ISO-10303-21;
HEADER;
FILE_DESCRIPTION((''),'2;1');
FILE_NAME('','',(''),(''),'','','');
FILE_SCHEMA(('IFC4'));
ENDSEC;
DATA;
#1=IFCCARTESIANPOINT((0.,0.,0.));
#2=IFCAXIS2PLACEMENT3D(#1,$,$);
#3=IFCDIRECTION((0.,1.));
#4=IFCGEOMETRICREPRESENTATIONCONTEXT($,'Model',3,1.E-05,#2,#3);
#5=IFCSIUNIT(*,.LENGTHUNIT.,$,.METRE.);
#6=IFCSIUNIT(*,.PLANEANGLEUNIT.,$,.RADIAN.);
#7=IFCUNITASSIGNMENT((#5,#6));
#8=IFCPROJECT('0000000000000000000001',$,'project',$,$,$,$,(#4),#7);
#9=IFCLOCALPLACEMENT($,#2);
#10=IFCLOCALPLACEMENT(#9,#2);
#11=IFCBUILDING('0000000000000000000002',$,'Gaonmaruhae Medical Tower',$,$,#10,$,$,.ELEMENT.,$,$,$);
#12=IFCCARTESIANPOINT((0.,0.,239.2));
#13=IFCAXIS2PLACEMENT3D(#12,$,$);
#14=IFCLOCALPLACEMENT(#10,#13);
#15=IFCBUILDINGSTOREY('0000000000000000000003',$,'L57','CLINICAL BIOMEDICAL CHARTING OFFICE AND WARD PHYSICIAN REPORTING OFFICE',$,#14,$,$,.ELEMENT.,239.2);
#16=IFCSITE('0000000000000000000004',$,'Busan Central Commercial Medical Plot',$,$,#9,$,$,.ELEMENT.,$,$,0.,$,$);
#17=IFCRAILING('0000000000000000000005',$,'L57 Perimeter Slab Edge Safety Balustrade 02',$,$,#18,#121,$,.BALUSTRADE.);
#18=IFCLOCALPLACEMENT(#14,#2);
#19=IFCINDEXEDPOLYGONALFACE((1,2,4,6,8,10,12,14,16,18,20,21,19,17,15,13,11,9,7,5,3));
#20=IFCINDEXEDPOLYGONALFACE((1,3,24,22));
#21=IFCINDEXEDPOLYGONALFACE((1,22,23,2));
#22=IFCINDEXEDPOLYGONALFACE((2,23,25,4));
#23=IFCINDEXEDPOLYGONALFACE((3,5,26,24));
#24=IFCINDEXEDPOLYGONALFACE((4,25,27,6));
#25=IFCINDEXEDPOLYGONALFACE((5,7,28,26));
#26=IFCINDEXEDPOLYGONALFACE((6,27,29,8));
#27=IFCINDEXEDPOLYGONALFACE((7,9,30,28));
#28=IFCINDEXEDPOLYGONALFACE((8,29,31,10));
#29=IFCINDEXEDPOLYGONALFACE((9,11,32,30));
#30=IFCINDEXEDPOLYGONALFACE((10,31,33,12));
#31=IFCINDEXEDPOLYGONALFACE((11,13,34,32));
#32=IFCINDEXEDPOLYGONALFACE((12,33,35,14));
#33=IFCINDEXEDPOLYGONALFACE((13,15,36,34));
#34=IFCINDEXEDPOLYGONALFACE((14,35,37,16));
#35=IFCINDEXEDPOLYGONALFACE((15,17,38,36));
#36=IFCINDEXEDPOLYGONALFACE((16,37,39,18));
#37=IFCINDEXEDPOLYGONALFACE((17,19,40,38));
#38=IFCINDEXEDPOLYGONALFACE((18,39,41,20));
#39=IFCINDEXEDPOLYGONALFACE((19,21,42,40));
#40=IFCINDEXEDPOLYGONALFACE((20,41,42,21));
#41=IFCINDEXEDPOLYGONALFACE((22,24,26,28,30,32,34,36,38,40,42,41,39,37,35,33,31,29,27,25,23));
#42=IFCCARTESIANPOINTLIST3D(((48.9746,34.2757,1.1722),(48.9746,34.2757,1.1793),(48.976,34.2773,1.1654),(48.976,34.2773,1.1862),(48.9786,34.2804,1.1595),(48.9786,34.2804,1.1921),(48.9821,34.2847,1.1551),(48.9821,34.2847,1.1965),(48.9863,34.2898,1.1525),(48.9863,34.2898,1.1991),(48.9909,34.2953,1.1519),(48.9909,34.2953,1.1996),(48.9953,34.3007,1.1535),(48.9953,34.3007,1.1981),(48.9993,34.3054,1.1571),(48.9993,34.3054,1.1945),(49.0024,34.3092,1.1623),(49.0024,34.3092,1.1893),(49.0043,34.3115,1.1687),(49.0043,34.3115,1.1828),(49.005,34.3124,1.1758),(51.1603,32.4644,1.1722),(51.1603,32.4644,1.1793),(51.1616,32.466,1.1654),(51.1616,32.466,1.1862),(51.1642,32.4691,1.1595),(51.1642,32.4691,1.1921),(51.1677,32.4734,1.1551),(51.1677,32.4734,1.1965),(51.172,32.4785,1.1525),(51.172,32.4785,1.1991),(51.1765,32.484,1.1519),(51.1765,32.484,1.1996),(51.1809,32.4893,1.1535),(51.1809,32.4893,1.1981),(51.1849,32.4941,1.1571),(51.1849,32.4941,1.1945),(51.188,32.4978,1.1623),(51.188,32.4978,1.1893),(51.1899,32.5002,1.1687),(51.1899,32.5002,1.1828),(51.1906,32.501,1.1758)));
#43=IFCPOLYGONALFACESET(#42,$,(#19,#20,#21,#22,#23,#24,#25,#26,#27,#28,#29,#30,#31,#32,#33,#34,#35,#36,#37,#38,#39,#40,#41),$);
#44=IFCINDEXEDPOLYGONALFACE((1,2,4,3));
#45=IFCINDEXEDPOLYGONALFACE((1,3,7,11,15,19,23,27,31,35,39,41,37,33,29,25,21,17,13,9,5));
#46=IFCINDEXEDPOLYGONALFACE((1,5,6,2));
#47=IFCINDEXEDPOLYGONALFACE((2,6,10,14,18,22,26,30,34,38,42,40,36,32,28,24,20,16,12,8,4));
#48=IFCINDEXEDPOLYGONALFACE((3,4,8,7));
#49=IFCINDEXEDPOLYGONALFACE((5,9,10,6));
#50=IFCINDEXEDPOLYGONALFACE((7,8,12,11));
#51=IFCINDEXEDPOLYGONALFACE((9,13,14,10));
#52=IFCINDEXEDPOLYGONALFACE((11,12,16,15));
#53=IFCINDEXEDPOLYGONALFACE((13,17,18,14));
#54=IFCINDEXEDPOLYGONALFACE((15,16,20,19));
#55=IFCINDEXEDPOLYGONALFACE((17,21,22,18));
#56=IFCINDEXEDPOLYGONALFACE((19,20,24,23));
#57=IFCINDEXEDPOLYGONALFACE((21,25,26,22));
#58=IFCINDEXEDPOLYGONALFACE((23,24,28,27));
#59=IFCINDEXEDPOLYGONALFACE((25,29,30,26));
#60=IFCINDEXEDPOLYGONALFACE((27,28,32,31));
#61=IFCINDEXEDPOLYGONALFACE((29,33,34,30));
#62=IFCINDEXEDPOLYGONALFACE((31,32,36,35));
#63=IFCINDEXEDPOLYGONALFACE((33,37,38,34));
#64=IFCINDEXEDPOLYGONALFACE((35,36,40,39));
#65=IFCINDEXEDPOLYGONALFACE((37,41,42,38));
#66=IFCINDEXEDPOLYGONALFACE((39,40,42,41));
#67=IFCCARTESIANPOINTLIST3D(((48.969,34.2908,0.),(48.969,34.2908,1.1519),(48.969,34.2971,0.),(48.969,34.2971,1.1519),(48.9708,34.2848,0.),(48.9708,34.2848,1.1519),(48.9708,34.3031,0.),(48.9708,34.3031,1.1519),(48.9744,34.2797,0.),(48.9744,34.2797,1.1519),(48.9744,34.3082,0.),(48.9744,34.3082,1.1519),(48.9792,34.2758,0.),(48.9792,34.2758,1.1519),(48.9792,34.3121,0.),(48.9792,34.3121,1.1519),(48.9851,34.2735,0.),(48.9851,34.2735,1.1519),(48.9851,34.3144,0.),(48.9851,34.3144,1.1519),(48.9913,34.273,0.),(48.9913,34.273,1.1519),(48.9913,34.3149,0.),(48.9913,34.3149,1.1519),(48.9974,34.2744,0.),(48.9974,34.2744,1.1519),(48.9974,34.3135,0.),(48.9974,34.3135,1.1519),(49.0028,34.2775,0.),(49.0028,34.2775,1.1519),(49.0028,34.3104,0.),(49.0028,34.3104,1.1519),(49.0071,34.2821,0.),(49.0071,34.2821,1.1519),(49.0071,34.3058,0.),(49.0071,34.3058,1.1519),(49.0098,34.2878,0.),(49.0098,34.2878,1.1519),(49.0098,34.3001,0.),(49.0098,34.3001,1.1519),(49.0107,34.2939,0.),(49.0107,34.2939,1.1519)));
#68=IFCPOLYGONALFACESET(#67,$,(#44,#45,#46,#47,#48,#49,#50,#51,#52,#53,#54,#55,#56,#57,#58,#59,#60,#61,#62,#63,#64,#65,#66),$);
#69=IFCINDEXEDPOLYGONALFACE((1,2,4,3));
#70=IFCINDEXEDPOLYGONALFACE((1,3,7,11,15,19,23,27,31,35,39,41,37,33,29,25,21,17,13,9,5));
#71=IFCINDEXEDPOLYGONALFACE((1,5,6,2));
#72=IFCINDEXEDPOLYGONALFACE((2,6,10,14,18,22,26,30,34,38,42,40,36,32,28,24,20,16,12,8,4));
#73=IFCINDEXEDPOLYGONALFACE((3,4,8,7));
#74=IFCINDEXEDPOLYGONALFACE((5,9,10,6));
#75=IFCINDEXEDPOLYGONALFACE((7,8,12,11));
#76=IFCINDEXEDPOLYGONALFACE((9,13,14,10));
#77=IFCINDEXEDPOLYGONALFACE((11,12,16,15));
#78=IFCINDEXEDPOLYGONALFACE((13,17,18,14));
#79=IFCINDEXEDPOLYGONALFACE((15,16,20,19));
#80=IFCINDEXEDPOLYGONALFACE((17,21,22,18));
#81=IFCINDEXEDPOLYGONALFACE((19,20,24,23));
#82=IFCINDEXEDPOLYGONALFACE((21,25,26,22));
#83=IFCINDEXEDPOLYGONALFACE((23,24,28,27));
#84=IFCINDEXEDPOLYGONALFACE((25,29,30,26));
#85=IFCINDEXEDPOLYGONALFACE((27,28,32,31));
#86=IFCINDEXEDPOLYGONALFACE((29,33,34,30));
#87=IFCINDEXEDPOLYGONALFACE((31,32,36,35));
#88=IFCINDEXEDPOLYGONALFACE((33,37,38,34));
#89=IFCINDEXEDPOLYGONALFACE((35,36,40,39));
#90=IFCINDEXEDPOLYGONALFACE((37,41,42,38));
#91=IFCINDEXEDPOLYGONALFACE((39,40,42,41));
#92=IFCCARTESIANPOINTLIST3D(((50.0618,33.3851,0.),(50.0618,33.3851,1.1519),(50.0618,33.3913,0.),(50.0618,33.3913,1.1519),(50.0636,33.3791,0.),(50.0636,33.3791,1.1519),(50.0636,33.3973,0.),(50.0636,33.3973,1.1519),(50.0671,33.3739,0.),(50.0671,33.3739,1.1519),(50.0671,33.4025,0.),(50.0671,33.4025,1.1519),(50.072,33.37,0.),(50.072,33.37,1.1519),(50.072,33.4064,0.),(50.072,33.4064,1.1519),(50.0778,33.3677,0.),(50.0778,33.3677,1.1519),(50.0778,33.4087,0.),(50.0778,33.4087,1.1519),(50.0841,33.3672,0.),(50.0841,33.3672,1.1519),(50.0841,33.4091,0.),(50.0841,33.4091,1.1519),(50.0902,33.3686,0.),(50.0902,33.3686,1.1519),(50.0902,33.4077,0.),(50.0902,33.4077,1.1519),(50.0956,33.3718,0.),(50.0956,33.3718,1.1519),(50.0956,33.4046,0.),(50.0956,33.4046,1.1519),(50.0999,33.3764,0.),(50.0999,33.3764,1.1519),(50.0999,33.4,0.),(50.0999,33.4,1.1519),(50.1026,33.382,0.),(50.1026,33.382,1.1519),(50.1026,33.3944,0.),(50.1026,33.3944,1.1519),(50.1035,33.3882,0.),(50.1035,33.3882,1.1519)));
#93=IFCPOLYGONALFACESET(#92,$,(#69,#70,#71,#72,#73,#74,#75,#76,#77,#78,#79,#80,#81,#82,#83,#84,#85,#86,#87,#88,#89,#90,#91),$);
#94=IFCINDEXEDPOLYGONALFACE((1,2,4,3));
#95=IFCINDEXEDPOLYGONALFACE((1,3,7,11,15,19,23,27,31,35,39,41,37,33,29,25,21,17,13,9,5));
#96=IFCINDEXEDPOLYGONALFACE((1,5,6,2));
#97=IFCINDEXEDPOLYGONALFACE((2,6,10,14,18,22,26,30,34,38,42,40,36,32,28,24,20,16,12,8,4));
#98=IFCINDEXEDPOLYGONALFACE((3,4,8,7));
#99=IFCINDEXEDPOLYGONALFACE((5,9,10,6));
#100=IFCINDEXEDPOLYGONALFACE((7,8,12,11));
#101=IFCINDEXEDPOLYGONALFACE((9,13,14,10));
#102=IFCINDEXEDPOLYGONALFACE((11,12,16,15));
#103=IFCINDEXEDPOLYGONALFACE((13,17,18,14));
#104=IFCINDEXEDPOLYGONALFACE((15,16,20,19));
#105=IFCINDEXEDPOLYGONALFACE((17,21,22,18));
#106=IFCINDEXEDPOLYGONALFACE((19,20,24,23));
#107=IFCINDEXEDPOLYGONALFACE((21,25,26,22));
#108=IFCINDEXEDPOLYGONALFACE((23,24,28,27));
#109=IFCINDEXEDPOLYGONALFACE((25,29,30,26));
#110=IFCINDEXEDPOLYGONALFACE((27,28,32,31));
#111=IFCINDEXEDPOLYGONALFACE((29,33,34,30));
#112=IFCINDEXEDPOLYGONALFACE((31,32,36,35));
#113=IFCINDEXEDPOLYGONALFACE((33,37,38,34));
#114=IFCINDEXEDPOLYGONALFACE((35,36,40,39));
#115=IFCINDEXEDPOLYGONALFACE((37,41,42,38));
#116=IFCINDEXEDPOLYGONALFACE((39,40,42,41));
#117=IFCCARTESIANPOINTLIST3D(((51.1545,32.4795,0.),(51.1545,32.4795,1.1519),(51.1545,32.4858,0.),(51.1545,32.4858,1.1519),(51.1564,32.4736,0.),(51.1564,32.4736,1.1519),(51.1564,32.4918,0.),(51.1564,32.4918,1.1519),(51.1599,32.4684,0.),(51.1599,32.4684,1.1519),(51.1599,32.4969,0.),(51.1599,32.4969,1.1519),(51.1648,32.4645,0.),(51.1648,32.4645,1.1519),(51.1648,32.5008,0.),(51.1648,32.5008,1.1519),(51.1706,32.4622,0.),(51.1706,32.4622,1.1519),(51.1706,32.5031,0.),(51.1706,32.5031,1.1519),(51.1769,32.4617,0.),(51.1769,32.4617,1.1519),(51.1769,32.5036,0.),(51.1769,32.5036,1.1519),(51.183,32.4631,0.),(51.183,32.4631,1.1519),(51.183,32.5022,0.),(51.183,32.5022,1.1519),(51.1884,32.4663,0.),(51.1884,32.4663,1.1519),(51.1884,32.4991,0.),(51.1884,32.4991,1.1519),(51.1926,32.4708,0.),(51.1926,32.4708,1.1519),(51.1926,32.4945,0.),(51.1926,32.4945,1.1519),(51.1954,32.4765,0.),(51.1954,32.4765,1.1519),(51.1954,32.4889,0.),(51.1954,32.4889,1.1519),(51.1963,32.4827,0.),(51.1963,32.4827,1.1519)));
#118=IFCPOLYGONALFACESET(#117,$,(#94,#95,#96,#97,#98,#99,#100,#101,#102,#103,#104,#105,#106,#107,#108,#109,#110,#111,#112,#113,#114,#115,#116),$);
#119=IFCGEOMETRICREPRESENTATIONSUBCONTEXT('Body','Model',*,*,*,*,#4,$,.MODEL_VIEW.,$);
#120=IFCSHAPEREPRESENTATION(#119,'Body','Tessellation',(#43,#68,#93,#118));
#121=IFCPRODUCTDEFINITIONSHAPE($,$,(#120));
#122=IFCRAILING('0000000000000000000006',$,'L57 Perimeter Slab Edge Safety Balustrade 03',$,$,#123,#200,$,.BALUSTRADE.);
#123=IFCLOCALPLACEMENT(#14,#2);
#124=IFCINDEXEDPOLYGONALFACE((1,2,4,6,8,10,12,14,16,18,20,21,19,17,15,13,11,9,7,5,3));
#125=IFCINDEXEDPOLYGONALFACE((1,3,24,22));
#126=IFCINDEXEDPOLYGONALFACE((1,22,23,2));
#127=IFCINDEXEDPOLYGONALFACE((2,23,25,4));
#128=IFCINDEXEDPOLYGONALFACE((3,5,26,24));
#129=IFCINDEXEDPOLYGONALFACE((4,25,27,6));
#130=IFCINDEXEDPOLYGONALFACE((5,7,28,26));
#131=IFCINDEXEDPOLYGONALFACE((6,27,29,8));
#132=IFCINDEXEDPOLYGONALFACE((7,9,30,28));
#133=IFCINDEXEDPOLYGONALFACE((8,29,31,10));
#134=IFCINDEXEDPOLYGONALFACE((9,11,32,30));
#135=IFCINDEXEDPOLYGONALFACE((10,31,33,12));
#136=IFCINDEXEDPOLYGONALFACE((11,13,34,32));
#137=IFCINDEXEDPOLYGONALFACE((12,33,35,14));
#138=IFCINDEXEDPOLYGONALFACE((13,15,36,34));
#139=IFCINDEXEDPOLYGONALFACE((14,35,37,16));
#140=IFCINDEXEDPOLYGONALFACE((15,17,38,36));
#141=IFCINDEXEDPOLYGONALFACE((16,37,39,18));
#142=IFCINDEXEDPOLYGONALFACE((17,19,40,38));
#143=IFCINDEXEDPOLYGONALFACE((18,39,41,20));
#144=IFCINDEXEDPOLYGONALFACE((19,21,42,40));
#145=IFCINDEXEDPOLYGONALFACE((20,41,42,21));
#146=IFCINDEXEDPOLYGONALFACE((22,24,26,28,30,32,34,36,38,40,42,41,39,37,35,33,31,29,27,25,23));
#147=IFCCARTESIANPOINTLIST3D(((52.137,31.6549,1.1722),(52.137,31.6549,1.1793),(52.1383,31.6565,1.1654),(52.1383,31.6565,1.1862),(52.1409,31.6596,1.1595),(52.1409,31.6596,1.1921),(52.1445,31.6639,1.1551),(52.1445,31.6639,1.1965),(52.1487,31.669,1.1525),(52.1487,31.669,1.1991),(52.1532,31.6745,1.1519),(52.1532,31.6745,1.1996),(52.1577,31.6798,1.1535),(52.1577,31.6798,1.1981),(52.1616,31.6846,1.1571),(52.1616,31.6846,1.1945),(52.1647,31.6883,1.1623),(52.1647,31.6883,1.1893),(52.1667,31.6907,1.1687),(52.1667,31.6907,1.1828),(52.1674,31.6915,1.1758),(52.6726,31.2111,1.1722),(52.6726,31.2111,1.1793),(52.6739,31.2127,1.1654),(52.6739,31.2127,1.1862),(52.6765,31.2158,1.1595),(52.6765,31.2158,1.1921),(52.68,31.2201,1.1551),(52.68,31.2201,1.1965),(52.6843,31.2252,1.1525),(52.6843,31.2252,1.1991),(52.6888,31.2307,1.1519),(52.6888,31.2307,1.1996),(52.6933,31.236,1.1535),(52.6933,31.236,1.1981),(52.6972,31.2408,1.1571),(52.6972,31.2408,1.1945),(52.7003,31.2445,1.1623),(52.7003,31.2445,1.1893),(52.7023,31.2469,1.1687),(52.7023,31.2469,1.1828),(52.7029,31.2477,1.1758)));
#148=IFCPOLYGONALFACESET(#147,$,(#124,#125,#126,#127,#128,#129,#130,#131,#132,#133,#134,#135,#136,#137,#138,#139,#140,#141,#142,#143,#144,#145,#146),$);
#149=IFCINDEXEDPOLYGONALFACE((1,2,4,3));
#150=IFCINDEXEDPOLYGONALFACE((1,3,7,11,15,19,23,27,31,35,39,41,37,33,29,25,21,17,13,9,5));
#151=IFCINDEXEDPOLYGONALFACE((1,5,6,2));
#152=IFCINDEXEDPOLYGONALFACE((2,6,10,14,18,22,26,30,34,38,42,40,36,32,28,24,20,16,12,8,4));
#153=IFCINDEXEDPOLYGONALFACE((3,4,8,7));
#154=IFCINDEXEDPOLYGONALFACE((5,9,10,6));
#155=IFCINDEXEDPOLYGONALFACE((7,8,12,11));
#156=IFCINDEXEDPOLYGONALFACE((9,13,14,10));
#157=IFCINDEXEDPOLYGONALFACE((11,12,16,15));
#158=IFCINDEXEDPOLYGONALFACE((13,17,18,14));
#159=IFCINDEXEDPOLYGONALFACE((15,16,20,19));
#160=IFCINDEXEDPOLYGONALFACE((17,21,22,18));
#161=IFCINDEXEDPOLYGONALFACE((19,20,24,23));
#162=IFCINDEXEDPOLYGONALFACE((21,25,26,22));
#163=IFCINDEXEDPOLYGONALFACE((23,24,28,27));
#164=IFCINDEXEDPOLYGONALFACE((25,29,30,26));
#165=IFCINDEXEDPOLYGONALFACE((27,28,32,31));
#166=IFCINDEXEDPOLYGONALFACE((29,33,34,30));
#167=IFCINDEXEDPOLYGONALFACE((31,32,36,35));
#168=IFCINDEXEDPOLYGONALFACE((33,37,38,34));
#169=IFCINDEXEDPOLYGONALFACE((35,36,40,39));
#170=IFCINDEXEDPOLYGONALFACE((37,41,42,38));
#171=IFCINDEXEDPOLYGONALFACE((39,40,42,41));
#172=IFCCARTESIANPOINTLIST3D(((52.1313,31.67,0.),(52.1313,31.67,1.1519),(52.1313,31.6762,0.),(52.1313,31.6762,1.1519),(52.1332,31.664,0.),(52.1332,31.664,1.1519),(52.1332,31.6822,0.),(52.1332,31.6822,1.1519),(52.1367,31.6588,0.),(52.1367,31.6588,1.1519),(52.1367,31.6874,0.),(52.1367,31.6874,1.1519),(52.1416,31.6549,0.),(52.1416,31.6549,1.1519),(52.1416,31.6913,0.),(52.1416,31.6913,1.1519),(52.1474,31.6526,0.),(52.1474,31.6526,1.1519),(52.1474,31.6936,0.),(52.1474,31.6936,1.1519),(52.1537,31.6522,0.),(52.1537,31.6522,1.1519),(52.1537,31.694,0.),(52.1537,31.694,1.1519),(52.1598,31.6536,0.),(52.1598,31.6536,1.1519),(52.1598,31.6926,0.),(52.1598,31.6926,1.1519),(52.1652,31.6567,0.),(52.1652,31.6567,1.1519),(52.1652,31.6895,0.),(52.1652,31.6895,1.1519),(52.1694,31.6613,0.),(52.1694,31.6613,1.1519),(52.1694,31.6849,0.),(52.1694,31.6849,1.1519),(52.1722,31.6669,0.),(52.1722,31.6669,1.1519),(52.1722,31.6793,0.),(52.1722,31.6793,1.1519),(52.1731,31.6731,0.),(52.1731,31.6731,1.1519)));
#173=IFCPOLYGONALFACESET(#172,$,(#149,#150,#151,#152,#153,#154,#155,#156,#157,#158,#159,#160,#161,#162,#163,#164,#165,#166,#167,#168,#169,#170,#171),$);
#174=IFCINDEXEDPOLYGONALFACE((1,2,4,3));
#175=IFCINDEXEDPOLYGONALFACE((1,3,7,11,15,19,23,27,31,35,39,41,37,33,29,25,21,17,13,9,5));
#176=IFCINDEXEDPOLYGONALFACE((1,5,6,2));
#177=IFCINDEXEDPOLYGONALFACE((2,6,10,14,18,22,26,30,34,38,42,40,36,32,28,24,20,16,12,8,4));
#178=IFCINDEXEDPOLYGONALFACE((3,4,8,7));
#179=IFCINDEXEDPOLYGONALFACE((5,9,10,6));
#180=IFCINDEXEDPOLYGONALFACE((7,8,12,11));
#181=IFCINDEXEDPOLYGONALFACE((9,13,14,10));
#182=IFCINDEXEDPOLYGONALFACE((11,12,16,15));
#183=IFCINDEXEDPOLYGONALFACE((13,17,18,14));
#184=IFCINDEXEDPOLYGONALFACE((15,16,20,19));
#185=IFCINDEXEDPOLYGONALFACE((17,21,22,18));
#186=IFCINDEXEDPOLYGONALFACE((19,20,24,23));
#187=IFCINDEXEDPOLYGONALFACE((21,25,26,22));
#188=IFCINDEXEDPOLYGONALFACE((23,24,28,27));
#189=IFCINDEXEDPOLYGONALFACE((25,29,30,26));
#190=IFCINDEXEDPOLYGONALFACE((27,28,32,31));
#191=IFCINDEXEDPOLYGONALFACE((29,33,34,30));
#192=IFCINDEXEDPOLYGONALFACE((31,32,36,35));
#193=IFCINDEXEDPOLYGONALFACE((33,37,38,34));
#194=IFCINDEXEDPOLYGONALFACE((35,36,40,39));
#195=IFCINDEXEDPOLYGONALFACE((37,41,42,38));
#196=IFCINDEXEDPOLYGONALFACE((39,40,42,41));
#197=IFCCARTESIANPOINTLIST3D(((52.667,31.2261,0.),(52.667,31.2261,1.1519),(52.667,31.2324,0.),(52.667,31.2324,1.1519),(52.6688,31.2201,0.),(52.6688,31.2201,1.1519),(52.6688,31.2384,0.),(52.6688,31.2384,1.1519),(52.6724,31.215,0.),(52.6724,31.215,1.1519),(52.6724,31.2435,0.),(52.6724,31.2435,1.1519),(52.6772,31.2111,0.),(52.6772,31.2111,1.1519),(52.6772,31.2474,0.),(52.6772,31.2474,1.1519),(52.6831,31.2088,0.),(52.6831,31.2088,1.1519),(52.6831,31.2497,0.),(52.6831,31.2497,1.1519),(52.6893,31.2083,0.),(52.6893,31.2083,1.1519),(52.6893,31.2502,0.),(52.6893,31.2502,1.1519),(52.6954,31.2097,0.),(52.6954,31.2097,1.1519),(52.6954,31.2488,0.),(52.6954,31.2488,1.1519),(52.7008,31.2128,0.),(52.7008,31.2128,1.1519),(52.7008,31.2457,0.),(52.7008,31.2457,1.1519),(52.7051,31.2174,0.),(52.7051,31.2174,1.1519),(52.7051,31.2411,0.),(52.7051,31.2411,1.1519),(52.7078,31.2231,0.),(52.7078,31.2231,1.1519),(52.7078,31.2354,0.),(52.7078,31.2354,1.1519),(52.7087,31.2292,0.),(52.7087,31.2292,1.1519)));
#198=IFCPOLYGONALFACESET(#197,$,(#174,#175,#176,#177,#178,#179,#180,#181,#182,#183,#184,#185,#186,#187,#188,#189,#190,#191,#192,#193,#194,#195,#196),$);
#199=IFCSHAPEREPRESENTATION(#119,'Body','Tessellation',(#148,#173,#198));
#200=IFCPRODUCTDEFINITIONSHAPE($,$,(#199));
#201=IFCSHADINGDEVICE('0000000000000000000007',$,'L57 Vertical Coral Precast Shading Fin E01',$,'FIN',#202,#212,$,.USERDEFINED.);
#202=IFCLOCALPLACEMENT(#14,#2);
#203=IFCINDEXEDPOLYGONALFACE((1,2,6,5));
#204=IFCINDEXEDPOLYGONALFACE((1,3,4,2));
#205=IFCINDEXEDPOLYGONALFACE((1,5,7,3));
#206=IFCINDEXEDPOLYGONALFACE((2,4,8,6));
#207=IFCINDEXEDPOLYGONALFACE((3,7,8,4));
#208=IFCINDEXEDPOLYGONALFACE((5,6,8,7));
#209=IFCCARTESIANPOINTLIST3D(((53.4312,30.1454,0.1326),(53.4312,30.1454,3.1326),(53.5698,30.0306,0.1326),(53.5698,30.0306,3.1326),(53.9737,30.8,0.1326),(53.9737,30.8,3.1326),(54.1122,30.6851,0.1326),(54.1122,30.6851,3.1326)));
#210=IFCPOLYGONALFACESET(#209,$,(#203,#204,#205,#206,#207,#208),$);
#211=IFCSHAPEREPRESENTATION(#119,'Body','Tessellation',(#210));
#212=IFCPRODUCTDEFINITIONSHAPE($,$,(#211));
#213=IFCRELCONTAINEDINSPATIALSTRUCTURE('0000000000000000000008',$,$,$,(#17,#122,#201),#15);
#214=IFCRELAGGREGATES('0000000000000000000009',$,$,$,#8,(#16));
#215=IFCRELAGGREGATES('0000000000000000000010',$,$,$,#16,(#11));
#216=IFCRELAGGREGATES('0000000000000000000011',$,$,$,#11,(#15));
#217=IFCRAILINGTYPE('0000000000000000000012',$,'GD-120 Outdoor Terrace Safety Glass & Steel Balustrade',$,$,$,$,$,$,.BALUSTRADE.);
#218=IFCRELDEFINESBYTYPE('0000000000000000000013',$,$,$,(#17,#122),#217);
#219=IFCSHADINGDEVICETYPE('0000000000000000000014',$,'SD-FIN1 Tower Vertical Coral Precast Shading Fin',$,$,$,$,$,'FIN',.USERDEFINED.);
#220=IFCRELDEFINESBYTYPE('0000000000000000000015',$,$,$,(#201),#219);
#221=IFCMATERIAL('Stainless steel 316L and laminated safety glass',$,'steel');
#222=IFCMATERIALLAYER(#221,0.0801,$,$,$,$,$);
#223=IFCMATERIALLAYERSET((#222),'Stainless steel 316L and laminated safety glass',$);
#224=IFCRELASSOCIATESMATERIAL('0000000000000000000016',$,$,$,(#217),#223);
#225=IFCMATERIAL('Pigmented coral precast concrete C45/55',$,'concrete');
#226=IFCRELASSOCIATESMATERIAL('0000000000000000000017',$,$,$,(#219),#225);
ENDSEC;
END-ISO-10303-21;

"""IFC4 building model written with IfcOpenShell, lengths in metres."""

from ifc_helpers import new_model, si_unit, direction, frame, origin, origin_2d, place, context, subcontext, project, spatial, rectangle, circle, extrude, material, layer, layer_set, type_object, element, save


model = new_model("IFC4")

# Units and contexts
model_context = context("Model", 3, precision=1e-05, world=origin(), true_north=direction((0.0, 1.0)))
body_context = subcontext(model_context, "Body", "Model", "MODEL_VIEW")
ifc_project = project(units=[si_unit("LENGTHUNIT", "METRE"), si_unit("PLANEANGLEUNIT", "RADIAN")], contexts=[model_context])

# Site, building, storey
site_placement = place(None, origin())
site = spatial("IfcSite", under=ifc_project, at=site_placement, Name="Busan Central Commercial Medical Plot", CompositionType="ELEMENT", RefElevation=0.0)
building_placement = place(site_placement, origin())
building = spatial("IfcBuilding", under=site, at=building_placement, Name="Gaonmaruhae Medical Tower", CompositionType="ELEMENT")
storey_placement = place(building_placement, frame((0.0, 0.0, 239.2)))
storey = spatial("IfcBuildingStorey", under=building, at=storey_placement, Name="L57", Description="CLINICAL BIOMEDICAL CHARTING OFFICE AND WARD PHYSICIAN REPORTING OFFICE", CompositionType="ELEMENT", Elevation=239.2)

# Railings
ifc_material_1 = material(Name="Stainless steel 316L and laminated safety glass", Category="steel")
ifc_layer_1 = layer(ifc_material_1, 0.0801)
ifc_layer_set_1 = layer_set([ifc_layer_1], Name="Stainless steel 316L and laminated safety glass")
railing_type = type_object("IfcRailingType", Name="GD-120 Outdoor Terrace Safety Glass & Steel Balustrade", PredefinedType="BALUSTRADE", material=ifc_layer_set_1)
railing_1_placement = place(storey_placement, frame((48.9897, 34.2939, 0.0)))
element("IfcRailing", 1, at=railing_1_placement, inside=storey, type_object=railing_type, Name="L57 Perimeter Slab Edge Safety Balustrade 02", PredefinedType="BALUSTRADE", context=body_context, shape_type="SweptSolid", body=[
    extrude(circle(Radius=0.0239, at=origin_2d()), frame((0.0, 0.0, 1.1758), z_axis=(0.769953, -0.638101, 0.0), x_axis=(0.638101, 0.769953, 0.0)), (0.0, 0.0, 1.0), 2.8386),
    extrude(circle(Radius=0.021, at=origin_2d()), origin(), (0.0, 0.0, 1.0), 1.1519),
    extrude(circle(Radius=0.021, at=origin_2d()), frame((1.0928, -0.9058, 0.0)), (0.0, 0.0, 1.0), 1.1519),
    extrude(circle(Radius=0.021, at=origin_2d()), frame((2.1855, -1.8113, 0.0)), (0.0, 0.0, 1.0), 1.1519),
])
railing_2_placement = place(storey_placement, frame((52.1521, 31.6731, 0.0)))
element("IfcRailing", 2, at=railing_2_placement, inside=storey, type_object=railing_type, Name="L57 Perimeter Slab Edge Safety Balustrade 03", PredefinedType="BALUSTRADE", context=body_context, shape_type="SweptSolid", body=[
    extrude(circle(Radius=0.0239, at=origin_2d()), frame((0.0, 0.0, 1.1758), z_axis=(0.770002, -0.638042, 0.0), x_axis=(0.638042, 0.770002, 0.0)), (0.0, 0.0, 1.0), 0.6956),
    extrude(circle(Radius=0.021, at=origin_2d()), origin(), (0.0, 0.0, 1.0), 1.1519),
    extrude(circle(Radius=0.021, at=origin_2d()), frame((0.5356, -0.4438, 0.0)), (0.0, 0.0, 1.0), 1.1519),
])

# Shading device
ifc_material_2 = material(Name="Pigmented coral precast concrete C45/55", Category="concrete")
shading_device_type = type_object("IfcShadingDeviceType", Name="SD-FIN1 Tower Vertical Coral Precast Shading Fin", ElementType="FIN", PredefinedType="USERDEFINED", material=ifc_material_2)
for number, where, z_axis, x_axis, name in (
    (3, (53.7717, 30.4153, 0.1326), (0.0, 0.0, 1.0), (0.769957, -0.638096, 0.0), "L57 Vertical Coral Precast Shading Fin E01"),
):
    element("IfcShadingDevice", number, at=place(storey_placement, frame(where, z_axis=z_axis, x_axis=x_axis)), inside=storey, type_object=shading_device_type, Name=name, ObjectType="FIN", PredefinedType="USERDEFINED", context=body_context, shape_type="SweptSolid", body=[
        extrude(rectangle(XDim=0.1799, YDim=0.8501, at=origin_2d()), origin(), (0.0, 0.0, 1.0), 3.0),
    ])

save(model, "model.ifc")
